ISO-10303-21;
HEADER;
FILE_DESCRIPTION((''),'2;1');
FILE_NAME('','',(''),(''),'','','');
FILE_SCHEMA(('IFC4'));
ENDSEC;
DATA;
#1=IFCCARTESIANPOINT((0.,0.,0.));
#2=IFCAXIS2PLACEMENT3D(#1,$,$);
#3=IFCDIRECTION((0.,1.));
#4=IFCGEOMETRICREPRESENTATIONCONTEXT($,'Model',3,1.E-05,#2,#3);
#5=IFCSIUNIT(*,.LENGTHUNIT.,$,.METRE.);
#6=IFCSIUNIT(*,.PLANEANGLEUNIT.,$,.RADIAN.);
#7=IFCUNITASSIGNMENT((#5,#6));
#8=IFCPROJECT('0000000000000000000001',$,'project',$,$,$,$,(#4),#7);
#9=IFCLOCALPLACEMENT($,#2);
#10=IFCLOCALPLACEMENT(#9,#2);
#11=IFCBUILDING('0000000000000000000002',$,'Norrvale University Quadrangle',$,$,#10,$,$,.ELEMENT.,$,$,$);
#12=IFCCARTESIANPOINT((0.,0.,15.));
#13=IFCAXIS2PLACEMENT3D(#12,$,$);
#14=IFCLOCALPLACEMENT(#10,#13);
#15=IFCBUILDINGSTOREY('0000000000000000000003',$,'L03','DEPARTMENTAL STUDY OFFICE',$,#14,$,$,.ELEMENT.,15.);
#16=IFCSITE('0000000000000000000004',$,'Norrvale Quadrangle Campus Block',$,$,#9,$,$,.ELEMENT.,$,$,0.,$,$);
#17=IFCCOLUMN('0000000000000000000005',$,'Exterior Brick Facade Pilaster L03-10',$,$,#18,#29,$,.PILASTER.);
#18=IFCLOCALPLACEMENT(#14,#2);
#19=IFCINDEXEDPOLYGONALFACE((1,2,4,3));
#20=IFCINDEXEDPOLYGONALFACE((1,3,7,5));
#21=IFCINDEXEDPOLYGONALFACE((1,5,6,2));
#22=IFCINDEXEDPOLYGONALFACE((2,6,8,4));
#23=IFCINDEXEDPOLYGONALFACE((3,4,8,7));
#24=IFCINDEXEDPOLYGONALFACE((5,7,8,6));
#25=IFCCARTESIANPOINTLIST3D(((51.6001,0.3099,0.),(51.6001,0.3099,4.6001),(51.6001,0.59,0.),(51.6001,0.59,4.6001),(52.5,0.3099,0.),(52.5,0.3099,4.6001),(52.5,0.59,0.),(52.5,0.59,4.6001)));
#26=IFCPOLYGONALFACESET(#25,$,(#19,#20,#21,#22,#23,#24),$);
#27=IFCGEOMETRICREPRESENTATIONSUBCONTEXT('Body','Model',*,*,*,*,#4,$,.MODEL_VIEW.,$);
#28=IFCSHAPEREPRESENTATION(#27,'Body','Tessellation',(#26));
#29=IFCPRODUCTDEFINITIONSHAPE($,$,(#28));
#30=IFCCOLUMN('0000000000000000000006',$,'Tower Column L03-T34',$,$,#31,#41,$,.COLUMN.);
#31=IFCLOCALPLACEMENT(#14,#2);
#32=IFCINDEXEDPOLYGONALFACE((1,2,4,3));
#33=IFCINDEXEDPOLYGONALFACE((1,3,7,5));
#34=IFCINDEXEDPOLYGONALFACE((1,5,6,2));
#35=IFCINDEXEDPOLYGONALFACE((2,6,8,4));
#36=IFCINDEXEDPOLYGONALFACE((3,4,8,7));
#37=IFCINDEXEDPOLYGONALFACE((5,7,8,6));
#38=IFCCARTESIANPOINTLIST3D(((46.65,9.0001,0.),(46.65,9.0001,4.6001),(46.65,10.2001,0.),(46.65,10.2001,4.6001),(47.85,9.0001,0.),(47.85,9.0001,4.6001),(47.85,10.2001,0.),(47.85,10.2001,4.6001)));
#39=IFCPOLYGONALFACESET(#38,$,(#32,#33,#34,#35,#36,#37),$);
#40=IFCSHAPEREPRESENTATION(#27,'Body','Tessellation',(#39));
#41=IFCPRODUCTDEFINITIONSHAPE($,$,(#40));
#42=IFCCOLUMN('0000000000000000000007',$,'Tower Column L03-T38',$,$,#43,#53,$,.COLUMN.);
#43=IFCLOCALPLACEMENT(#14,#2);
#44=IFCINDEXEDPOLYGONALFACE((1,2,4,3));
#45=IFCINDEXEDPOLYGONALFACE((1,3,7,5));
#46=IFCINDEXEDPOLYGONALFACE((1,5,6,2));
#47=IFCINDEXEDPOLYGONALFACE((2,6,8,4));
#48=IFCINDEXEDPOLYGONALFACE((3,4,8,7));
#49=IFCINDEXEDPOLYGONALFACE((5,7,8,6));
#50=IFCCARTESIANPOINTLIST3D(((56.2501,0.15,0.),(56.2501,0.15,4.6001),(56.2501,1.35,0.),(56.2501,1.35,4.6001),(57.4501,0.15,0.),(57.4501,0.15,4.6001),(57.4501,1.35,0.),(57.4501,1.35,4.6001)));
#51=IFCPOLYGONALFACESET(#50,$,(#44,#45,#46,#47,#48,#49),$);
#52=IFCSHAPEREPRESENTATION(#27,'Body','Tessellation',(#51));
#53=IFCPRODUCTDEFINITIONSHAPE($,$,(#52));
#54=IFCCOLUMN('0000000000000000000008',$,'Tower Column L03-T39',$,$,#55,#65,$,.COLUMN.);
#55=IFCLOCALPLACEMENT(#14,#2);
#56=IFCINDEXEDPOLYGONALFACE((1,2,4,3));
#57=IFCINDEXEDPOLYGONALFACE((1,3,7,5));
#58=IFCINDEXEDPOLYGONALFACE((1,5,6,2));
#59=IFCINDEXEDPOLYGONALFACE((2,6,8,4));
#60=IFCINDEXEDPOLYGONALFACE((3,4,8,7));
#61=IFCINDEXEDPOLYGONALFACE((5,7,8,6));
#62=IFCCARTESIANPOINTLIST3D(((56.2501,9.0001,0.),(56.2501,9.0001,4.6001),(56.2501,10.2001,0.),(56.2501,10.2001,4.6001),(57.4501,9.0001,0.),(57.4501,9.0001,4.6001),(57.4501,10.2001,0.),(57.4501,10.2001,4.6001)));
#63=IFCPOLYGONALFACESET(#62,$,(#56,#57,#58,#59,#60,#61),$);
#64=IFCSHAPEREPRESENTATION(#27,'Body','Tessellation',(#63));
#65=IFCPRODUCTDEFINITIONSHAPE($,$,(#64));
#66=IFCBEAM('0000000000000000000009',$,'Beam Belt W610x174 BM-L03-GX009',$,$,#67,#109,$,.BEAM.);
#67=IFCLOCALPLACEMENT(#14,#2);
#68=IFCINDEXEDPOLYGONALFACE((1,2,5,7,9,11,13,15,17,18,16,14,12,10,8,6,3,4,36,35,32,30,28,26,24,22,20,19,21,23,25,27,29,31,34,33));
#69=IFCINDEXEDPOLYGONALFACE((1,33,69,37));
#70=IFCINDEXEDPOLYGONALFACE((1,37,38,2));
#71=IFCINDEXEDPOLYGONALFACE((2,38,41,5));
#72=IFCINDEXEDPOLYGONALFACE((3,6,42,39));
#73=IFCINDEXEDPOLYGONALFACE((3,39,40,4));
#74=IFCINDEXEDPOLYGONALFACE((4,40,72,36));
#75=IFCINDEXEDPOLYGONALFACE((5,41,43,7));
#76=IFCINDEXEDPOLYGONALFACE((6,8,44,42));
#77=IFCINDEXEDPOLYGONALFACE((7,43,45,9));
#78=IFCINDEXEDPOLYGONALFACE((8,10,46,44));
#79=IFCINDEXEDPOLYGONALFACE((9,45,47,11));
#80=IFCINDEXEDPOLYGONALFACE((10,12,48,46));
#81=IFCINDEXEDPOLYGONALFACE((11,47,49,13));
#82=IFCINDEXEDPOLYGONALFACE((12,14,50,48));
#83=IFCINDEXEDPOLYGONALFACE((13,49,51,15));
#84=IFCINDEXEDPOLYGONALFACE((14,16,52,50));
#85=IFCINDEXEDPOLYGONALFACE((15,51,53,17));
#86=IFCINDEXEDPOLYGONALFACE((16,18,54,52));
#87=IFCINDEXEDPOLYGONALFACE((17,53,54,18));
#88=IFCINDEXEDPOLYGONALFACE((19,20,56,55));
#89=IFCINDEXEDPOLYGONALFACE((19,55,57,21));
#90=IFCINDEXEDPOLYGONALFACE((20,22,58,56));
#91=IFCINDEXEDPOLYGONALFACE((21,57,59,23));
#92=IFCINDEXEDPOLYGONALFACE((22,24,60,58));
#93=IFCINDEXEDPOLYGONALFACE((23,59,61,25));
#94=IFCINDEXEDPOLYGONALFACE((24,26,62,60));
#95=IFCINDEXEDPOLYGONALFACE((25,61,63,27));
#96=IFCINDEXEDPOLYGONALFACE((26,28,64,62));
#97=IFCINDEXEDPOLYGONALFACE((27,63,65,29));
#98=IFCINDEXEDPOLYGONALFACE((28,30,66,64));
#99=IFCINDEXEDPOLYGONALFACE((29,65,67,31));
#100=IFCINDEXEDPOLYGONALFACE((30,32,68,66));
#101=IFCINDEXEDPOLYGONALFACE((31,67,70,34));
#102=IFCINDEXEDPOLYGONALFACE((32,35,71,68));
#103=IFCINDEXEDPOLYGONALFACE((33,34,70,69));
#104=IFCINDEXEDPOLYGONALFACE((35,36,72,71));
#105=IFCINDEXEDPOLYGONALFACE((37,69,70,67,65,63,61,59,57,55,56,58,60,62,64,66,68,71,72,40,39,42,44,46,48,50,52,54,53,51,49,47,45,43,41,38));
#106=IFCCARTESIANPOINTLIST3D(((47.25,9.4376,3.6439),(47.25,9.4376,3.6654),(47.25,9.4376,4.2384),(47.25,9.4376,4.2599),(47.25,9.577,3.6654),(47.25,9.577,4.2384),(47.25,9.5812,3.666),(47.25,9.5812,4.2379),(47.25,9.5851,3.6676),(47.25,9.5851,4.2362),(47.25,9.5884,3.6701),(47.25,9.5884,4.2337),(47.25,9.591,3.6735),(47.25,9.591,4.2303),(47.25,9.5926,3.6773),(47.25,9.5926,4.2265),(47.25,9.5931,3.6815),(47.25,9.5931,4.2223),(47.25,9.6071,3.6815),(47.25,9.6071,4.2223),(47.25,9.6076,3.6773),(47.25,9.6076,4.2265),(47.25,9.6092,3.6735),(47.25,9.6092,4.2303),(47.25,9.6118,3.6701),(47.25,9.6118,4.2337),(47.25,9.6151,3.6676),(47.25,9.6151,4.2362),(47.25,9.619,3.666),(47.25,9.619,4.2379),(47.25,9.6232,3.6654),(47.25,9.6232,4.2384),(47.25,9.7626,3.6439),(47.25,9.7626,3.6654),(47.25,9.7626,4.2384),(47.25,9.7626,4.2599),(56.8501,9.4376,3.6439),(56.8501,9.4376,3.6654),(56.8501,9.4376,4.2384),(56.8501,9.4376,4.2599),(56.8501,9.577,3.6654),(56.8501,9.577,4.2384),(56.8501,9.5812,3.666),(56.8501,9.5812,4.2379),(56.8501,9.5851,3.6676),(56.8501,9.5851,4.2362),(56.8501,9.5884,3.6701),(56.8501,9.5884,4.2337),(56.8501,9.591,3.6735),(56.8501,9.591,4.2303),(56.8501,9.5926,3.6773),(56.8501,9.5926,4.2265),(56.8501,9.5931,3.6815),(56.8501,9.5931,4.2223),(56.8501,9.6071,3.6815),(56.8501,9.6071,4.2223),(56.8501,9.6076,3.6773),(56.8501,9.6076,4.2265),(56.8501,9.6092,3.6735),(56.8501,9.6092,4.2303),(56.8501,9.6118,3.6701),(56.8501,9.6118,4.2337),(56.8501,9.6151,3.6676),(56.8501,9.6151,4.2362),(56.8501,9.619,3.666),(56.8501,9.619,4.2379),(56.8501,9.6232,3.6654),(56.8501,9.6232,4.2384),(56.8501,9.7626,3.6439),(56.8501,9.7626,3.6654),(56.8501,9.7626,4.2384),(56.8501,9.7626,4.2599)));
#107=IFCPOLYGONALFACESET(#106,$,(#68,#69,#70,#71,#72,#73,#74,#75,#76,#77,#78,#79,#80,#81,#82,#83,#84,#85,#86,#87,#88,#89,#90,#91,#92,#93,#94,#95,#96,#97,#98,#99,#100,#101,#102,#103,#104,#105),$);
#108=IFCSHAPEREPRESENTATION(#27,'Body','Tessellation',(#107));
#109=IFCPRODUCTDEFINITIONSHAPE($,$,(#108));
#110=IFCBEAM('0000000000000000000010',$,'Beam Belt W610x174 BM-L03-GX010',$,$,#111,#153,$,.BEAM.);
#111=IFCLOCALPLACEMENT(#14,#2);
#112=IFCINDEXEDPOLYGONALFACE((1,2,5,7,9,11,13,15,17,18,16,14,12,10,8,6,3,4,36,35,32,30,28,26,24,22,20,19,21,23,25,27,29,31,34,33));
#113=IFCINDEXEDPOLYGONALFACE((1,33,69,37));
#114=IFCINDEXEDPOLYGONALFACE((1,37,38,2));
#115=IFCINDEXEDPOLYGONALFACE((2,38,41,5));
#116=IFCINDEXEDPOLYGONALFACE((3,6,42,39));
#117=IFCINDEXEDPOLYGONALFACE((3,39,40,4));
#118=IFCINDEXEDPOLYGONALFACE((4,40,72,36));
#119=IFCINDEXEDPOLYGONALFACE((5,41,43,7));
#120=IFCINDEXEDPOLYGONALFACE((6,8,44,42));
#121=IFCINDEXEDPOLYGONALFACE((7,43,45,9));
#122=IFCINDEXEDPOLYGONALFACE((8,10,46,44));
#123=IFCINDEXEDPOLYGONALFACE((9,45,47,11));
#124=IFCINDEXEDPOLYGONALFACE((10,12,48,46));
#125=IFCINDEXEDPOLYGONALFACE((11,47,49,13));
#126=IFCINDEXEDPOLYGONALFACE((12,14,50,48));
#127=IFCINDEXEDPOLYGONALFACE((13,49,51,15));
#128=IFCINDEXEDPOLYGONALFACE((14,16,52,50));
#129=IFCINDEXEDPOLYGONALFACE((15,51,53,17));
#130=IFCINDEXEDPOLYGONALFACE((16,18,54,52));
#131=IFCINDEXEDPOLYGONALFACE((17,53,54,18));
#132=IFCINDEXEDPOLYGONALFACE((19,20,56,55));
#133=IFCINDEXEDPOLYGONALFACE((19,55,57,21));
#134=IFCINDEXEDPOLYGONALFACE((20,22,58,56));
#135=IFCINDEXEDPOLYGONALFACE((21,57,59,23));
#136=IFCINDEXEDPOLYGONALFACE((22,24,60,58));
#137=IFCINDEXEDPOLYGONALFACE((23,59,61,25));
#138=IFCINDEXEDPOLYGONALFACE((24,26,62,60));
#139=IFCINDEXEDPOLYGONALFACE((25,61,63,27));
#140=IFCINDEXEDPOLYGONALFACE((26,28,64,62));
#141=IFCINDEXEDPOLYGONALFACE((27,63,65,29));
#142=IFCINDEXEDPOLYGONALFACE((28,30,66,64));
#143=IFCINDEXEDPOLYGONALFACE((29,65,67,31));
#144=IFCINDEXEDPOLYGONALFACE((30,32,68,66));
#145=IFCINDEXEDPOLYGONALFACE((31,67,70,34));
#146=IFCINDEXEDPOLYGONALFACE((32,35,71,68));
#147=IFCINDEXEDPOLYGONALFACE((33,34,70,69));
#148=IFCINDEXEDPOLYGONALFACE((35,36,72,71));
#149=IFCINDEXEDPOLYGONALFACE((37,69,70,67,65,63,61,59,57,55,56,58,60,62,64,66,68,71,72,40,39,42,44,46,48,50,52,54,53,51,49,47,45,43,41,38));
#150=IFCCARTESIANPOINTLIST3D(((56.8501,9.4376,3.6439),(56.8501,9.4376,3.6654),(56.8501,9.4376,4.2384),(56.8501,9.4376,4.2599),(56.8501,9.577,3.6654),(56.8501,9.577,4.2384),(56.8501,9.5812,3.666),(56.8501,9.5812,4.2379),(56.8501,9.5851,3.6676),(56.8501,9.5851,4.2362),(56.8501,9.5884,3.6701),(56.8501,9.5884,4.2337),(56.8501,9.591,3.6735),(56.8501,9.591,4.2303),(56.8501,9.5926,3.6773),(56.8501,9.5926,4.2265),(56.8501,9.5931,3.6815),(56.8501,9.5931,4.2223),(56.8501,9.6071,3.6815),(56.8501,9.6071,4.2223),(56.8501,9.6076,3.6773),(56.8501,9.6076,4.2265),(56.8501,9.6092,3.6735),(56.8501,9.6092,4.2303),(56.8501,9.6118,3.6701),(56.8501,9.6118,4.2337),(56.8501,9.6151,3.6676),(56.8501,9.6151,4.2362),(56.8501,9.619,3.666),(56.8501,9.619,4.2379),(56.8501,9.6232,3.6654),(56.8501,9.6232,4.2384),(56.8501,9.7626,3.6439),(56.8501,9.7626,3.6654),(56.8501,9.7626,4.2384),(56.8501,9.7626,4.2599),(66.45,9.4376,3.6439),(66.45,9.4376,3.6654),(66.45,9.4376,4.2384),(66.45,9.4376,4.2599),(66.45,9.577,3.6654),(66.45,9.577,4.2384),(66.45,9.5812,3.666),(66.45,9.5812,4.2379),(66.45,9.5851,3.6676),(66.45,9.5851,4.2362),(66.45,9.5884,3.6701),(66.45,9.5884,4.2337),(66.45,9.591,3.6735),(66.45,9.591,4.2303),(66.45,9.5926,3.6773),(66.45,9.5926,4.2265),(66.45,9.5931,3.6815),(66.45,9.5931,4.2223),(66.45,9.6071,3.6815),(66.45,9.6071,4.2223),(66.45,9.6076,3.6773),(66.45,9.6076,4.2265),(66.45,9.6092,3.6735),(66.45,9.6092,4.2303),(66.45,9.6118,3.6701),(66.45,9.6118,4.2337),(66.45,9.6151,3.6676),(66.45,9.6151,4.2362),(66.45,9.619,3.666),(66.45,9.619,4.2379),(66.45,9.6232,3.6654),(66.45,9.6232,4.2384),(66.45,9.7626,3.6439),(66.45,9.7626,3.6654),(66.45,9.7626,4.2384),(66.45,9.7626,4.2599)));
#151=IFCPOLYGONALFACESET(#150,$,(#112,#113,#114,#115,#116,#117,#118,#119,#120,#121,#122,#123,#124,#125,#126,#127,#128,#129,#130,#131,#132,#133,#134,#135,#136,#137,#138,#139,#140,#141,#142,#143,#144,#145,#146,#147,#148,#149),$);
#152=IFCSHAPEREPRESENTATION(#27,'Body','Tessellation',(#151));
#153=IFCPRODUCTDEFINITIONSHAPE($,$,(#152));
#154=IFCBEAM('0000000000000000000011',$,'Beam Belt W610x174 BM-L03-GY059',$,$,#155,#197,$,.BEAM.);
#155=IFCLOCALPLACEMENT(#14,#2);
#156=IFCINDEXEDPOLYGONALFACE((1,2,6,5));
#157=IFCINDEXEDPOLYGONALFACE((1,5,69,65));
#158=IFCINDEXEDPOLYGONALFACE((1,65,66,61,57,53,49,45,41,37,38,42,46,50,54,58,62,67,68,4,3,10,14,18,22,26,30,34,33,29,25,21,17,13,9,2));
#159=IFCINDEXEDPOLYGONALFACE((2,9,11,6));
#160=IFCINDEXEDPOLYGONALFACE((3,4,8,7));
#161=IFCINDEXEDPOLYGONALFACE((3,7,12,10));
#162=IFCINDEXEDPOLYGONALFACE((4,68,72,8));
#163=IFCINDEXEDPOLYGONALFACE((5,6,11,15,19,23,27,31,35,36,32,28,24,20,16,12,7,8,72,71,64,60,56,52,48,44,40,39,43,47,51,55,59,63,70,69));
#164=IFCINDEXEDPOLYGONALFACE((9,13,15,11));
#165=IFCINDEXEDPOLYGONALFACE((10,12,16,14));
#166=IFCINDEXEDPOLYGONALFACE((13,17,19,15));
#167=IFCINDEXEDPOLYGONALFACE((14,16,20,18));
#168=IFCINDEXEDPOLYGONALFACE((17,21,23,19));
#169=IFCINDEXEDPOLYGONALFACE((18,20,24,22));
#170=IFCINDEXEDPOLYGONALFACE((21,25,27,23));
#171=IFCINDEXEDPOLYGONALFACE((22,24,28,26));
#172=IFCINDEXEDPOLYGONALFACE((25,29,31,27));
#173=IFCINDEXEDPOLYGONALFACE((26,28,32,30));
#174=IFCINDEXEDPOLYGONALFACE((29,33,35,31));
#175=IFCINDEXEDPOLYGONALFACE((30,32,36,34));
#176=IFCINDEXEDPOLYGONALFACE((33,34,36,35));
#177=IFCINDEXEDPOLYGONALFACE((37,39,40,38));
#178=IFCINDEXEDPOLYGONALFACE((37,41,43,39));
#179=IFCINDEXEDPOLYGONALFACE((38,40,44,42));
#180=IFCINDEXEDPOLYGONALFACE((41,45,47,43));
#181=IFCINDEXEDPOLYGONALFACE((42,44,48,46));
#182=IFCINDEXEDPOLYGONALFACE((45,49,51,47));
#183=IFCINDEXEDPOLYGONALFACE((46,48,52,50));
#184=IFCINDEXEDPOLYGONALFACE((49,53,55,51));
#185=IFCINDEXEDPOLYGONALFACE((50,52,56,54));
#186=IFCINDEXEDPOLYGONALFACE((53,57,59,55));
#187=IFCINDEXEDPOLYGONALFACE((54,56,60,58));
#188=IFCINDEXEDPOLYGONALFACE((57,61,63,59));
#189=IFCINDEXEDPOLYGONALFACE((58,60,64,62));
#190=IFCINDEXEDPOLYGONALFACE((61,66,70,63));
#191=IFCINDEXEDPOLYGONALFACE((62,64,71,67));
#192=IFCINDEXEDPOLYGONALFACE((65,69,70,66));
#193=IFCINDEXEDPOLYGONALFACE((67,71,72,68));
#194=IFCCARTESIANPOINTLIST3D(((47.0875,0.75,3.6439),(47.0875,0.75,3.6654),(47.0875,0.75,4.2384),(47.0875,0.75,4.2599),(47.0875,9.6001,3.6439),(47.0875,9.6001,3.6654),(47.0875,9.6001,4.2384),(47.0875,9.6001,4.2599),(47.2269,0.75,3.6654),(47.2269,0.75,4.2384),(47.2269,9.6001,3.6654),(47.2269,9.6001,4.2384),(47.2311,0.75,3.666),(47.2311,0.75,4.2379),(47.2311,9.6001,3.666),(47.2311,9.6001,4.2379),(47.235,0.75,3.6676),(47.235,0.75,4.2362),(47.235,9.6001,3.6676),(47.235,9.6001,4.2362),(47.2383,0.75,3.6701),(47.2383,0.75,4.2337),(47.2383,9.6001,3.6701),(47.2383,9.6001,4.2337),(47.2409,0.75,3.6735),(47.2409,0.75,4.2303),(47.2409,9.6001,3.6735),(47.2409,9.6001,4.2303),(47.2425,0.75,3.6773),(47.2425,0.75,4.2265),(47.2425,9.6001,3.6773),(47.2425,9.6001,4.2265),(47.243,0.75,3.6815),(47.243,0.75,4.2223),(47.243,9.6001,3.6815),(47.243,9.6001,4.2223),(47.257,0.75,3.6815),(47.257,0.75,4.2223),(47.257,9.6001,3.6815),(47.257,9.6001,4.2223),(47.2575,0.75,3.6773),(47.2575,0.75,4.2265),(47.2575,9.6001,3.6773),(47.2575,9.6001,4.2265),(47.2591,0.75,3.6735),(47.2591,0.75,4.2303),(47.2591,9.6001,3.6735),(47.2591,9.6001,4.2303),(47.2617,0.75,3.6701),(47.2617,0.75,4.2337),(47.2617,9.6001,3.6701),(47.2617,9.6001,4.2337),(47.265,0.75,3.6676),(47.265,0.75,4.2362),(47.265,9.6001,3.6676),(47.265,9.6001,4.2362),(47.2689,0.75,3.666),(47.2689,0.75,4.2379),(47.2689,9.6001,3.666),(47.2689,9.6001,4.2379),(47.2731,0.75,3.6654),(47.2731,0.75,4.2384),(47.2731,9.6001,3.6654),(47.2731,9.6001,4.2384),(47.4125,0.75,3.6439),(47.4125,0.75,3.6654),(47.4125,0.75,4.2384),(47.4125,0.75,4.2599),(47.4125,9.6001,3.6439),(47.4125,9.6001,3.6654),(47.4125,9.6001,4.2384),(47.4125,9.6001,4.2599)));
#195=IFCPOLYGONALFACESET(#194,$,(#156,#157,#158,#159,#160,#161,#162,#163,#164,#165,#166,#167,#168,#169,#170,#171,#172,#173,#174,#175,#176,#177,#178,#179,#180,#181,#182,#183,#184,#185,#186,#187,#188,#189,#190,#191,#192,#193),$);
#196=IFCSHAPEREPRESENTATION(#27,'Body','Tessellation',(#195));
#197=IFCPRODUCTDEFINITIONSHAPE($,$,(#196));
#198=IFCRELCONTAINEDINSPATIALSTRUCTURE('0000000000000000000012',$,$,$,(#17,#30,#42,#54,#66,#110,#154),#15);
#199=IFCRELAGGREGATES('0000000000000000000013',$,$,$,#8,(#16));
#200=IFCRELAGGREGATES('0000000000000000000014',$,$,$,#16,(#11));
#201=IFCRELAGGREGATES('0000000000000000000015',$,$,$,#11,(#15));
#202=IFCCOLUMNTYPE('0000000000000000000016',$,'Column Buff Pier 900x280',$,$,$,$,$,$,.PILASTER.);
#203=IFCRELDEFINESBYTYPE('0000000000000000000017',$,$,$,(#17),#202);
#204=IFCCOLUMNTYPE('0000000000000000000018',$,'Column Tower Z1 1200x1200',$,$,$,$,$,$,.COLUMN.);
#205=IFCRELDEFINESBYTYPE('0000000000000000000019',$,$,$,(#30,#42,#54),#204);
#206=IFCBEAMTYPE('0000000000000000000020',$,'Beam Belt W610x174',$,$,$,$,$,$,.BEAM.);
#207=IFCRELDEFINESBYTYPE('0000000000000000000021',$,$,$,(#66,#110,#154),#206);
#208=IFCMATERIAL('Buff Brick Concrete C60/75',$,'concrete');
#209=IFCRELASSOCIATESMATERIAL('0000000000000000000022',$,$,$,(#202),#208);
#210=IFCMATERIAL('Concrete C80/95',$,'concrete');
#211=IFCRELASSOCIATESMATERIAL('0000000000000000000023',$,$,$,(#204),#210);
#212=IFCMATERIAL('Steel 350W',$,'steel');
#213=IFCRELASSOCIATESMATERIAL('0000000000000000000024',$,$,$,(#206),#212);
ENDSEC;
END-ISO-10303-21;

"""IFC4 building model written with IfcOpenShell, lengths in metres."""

from ifc_helpers import new_model, si_unit, direction, frame, origin, origin_2d, place, context, subcontext, project, spatial, rectangle, i_section, extrude, material, material_profile, profile_set, type_object, element, save


model = new_model("IFC4")

# Units and contexts
model_context = context("Model", 3, precision=1e-05, world=origin(), true_north=direction((0.0, 1.0)))
body_context = subcontext(model_context, "Body", "Model", "MODEL_VIEW")
ifc_project = project(units=[si_unit("LENGTHUNIT", "METRE"), si_unit("PLANEANGLEUNIT", "RADIAN")], contexts=[model_context])

# Site, building, storey
site_placement = place(None, origin())
site = spatial("IfcSite", under=ifc_project, at=site_placement, Name="Norrvale Quadrangle Campus Block", CompositionType="ELEMENT", RefElevation=0.0)
building_placement = place(site_placement, origin())
building = spatial("IfcBuilding", under=site, at=building_placement, Name="Norrvale University Quadrangle", CompositionType="ELEMENT")
storey_placement = place(building_placement, frame((0.0, 0.0, 15.0)))
storey = spatial("IfcBuildingStorey", under=building, at=storey_placement, Name="L03", Description="DEPARTMENTAL STUDY OFFICE", CompositionType="ELEMENT", Elevation=15.0)

# Columns
ifc_material_1 = material(Name="Buff Brick Concrete C60/75", Category="concrete")
ifc_material_profile_1 = material_profile(ifc_material_1, rectangle(XDim=0.8999, YDim=0.28, at=origin_2d()), Name="Buff Brick Concrete C60/75")
ifc_profile_set_1 = profile_set([ifc_material_profile_1], Name="Buff Brick Concrete C60/75")
column_type_1 = type_object("IfcColumnType", Name="Column Buff Pier 900x280", PredefinedType="PILASTER", material=ifc_profile_set_1)
column_placement = place(storey_placement, frame((52.05, 0.45, 0.0), z_axis=(0.0, 0.0, 1.0), x_axis=(1.0, 0.0, 0.0)))
element("IfcColumn", 1, at=column_placement, inside=storey, type_object=column_type_1, Name="Exterior Brick Facade Pilaster L03-10", PredefinedType="PILASTER", context=body_context, shape_type="SweptSolid", body=[
    extrude(rectangle(XDim=0.8999, YDim=0.28, at=origin_2d()), origin(), (0.0, 0.0, 1.0), 4.6001),
])
ifc_material_2 = material(Name="Concrete C80/95", Category="concrete")
ifc_material_profile_2 = material_profile(ifc_material_2, rectangle(XDim=1.2, YDim=1.2, at=origin_2d()), Name="Concrete C80/95")
ifc_profile_set_2 = profile_set([ifc_material_profile_2], Name="Concrete C80/95")
column_type_2 = type_object("IfcColumnType", Name="Column Tower Z1 1200x1200", PredefinedType="COLUMN", material=ifc_profile_set_2)
for number, where, z_axis, x_axis, name in (
    (2, (47.25, 9.6001, 0.0), (0.0, 0.0, 1.0), (1.0, 0.0, 0.0), "Tower Column L03-T34"),
    (3, (56.8501, 0.75, 0.0), (0.0, 0.0, 1.0), (1.0, 0.0, 0.0), "Tower Column L03-T38"),
    (4, (56.8501, 9.6001, 0.0), (0.0, 0.0, 1.0), (1.0, 0.0, 0.0), "Tower Column L03-T39"),
):
    element("IfcColumn", number, at=place(storey_placement, frame(where, z_axis=z_axis, x_axis=x_axis)), inside=storey, type_object=column_type_2, Name=name, PredefinedType="COLUMN", context=body_context, shape_type="SweptSolid", body=[
        extrude(rectangle(XDim=1.2, YDim=1.2, at=origin_2d()), origin(), (0.0, 0.0, 1.0), 4.6001),
    ])

# Beams
ifc_material_3 = material(Name="Steel 350W", Category="steel")
ifc_material_profile_3 = material_profile(ifc_material_3, i_section(OverallWidth=0.325, OverallDepth=0.616, WebThickness=0.0139, FlangeThickness=0.0215, FilletRadius=0.0161, at=origin_2d()), Name="Steel 350W")
ifc_profile_set_3 = profile_set([ifc_material_profile_3], Name="Steel 350W")
beam_type_1 = type_object("IfcBeamType", Name="Beam Belt W610x174", PredefinedType="BEAM", material=ifc_profile_set_3)
beam_1_placement = place(storey_placement, frame((47.25, 9.6001, 3.9519), z_axis=(1.0, 0.0, 0.0), x_axis=(0.0, 1.0, 0.0)))
element("IfcBeam", 5, at=beam_1_placement, inside=storey, type_object=beam_type_1, Name="Beam Belt W610x174 BM-L03-GX009", PredefinedType="BEAM", context=body_context, shape_type="SweptSolid", body=[
    extrude(i_section(OverallWidth=0.325, OverallDepth=0.616, WebThickness=0.0139, FlangeThickness=0.0215, FilletRadius=0.0161, at=origin_2d()), origin(), (0.0, 0.0, 1.0), 9.6001),
])
beam_2_placement = place(storey_placement, frame((56.8501, 9.6001, 3.9519), z_axis=(1.0, 0.0, 0.0), x_axis=(0.0, 1.0, 0.0)))
element("IfcBeam", 6, at=beam_2_placement, inside=storey, type_object=beam_type_1, Name="Beam Belt W610x174 BM-L03-GX010", PredefinedType="BEAM", context=body_context, shape_type="SweptSolid", body=[
    extrude(i_section(OverallWidth=0.325, OverallDepth=0.616, WebThickness=0.0139, FlangeThickness=0.0215, FilletRadius=0.0161, at=origin_2d()), origin(), (0.0, 0.0, 1.0), 9.5999),
])
beam_3_placement = place(storey_placement, frame((47.25, 0.75, 3.9519), z_axis=(0.0, 1.0, 0.0), x_axis=(-1.0, 0.0, 0.0)))
element("IfcBeam", 7, at=beam_3_placement, inside=storey, type_object=beam_type_1, Name="Beam Belt W610x174 BM-L03-GY059", PredefinedType="BEAM", context=body_context, shape_type="SweptSolid", body=[
    extrude(i_section(OverallWidth=0.325, OverallDepth=0.616, WebThickness=0.0139, FlangeThickness=0.0215, FilletRadius=0.0161, at=origin_2d()), origin(), (0.0, 0.0, 1.0), 8.8501),
])

save(model, "model.ifc")
